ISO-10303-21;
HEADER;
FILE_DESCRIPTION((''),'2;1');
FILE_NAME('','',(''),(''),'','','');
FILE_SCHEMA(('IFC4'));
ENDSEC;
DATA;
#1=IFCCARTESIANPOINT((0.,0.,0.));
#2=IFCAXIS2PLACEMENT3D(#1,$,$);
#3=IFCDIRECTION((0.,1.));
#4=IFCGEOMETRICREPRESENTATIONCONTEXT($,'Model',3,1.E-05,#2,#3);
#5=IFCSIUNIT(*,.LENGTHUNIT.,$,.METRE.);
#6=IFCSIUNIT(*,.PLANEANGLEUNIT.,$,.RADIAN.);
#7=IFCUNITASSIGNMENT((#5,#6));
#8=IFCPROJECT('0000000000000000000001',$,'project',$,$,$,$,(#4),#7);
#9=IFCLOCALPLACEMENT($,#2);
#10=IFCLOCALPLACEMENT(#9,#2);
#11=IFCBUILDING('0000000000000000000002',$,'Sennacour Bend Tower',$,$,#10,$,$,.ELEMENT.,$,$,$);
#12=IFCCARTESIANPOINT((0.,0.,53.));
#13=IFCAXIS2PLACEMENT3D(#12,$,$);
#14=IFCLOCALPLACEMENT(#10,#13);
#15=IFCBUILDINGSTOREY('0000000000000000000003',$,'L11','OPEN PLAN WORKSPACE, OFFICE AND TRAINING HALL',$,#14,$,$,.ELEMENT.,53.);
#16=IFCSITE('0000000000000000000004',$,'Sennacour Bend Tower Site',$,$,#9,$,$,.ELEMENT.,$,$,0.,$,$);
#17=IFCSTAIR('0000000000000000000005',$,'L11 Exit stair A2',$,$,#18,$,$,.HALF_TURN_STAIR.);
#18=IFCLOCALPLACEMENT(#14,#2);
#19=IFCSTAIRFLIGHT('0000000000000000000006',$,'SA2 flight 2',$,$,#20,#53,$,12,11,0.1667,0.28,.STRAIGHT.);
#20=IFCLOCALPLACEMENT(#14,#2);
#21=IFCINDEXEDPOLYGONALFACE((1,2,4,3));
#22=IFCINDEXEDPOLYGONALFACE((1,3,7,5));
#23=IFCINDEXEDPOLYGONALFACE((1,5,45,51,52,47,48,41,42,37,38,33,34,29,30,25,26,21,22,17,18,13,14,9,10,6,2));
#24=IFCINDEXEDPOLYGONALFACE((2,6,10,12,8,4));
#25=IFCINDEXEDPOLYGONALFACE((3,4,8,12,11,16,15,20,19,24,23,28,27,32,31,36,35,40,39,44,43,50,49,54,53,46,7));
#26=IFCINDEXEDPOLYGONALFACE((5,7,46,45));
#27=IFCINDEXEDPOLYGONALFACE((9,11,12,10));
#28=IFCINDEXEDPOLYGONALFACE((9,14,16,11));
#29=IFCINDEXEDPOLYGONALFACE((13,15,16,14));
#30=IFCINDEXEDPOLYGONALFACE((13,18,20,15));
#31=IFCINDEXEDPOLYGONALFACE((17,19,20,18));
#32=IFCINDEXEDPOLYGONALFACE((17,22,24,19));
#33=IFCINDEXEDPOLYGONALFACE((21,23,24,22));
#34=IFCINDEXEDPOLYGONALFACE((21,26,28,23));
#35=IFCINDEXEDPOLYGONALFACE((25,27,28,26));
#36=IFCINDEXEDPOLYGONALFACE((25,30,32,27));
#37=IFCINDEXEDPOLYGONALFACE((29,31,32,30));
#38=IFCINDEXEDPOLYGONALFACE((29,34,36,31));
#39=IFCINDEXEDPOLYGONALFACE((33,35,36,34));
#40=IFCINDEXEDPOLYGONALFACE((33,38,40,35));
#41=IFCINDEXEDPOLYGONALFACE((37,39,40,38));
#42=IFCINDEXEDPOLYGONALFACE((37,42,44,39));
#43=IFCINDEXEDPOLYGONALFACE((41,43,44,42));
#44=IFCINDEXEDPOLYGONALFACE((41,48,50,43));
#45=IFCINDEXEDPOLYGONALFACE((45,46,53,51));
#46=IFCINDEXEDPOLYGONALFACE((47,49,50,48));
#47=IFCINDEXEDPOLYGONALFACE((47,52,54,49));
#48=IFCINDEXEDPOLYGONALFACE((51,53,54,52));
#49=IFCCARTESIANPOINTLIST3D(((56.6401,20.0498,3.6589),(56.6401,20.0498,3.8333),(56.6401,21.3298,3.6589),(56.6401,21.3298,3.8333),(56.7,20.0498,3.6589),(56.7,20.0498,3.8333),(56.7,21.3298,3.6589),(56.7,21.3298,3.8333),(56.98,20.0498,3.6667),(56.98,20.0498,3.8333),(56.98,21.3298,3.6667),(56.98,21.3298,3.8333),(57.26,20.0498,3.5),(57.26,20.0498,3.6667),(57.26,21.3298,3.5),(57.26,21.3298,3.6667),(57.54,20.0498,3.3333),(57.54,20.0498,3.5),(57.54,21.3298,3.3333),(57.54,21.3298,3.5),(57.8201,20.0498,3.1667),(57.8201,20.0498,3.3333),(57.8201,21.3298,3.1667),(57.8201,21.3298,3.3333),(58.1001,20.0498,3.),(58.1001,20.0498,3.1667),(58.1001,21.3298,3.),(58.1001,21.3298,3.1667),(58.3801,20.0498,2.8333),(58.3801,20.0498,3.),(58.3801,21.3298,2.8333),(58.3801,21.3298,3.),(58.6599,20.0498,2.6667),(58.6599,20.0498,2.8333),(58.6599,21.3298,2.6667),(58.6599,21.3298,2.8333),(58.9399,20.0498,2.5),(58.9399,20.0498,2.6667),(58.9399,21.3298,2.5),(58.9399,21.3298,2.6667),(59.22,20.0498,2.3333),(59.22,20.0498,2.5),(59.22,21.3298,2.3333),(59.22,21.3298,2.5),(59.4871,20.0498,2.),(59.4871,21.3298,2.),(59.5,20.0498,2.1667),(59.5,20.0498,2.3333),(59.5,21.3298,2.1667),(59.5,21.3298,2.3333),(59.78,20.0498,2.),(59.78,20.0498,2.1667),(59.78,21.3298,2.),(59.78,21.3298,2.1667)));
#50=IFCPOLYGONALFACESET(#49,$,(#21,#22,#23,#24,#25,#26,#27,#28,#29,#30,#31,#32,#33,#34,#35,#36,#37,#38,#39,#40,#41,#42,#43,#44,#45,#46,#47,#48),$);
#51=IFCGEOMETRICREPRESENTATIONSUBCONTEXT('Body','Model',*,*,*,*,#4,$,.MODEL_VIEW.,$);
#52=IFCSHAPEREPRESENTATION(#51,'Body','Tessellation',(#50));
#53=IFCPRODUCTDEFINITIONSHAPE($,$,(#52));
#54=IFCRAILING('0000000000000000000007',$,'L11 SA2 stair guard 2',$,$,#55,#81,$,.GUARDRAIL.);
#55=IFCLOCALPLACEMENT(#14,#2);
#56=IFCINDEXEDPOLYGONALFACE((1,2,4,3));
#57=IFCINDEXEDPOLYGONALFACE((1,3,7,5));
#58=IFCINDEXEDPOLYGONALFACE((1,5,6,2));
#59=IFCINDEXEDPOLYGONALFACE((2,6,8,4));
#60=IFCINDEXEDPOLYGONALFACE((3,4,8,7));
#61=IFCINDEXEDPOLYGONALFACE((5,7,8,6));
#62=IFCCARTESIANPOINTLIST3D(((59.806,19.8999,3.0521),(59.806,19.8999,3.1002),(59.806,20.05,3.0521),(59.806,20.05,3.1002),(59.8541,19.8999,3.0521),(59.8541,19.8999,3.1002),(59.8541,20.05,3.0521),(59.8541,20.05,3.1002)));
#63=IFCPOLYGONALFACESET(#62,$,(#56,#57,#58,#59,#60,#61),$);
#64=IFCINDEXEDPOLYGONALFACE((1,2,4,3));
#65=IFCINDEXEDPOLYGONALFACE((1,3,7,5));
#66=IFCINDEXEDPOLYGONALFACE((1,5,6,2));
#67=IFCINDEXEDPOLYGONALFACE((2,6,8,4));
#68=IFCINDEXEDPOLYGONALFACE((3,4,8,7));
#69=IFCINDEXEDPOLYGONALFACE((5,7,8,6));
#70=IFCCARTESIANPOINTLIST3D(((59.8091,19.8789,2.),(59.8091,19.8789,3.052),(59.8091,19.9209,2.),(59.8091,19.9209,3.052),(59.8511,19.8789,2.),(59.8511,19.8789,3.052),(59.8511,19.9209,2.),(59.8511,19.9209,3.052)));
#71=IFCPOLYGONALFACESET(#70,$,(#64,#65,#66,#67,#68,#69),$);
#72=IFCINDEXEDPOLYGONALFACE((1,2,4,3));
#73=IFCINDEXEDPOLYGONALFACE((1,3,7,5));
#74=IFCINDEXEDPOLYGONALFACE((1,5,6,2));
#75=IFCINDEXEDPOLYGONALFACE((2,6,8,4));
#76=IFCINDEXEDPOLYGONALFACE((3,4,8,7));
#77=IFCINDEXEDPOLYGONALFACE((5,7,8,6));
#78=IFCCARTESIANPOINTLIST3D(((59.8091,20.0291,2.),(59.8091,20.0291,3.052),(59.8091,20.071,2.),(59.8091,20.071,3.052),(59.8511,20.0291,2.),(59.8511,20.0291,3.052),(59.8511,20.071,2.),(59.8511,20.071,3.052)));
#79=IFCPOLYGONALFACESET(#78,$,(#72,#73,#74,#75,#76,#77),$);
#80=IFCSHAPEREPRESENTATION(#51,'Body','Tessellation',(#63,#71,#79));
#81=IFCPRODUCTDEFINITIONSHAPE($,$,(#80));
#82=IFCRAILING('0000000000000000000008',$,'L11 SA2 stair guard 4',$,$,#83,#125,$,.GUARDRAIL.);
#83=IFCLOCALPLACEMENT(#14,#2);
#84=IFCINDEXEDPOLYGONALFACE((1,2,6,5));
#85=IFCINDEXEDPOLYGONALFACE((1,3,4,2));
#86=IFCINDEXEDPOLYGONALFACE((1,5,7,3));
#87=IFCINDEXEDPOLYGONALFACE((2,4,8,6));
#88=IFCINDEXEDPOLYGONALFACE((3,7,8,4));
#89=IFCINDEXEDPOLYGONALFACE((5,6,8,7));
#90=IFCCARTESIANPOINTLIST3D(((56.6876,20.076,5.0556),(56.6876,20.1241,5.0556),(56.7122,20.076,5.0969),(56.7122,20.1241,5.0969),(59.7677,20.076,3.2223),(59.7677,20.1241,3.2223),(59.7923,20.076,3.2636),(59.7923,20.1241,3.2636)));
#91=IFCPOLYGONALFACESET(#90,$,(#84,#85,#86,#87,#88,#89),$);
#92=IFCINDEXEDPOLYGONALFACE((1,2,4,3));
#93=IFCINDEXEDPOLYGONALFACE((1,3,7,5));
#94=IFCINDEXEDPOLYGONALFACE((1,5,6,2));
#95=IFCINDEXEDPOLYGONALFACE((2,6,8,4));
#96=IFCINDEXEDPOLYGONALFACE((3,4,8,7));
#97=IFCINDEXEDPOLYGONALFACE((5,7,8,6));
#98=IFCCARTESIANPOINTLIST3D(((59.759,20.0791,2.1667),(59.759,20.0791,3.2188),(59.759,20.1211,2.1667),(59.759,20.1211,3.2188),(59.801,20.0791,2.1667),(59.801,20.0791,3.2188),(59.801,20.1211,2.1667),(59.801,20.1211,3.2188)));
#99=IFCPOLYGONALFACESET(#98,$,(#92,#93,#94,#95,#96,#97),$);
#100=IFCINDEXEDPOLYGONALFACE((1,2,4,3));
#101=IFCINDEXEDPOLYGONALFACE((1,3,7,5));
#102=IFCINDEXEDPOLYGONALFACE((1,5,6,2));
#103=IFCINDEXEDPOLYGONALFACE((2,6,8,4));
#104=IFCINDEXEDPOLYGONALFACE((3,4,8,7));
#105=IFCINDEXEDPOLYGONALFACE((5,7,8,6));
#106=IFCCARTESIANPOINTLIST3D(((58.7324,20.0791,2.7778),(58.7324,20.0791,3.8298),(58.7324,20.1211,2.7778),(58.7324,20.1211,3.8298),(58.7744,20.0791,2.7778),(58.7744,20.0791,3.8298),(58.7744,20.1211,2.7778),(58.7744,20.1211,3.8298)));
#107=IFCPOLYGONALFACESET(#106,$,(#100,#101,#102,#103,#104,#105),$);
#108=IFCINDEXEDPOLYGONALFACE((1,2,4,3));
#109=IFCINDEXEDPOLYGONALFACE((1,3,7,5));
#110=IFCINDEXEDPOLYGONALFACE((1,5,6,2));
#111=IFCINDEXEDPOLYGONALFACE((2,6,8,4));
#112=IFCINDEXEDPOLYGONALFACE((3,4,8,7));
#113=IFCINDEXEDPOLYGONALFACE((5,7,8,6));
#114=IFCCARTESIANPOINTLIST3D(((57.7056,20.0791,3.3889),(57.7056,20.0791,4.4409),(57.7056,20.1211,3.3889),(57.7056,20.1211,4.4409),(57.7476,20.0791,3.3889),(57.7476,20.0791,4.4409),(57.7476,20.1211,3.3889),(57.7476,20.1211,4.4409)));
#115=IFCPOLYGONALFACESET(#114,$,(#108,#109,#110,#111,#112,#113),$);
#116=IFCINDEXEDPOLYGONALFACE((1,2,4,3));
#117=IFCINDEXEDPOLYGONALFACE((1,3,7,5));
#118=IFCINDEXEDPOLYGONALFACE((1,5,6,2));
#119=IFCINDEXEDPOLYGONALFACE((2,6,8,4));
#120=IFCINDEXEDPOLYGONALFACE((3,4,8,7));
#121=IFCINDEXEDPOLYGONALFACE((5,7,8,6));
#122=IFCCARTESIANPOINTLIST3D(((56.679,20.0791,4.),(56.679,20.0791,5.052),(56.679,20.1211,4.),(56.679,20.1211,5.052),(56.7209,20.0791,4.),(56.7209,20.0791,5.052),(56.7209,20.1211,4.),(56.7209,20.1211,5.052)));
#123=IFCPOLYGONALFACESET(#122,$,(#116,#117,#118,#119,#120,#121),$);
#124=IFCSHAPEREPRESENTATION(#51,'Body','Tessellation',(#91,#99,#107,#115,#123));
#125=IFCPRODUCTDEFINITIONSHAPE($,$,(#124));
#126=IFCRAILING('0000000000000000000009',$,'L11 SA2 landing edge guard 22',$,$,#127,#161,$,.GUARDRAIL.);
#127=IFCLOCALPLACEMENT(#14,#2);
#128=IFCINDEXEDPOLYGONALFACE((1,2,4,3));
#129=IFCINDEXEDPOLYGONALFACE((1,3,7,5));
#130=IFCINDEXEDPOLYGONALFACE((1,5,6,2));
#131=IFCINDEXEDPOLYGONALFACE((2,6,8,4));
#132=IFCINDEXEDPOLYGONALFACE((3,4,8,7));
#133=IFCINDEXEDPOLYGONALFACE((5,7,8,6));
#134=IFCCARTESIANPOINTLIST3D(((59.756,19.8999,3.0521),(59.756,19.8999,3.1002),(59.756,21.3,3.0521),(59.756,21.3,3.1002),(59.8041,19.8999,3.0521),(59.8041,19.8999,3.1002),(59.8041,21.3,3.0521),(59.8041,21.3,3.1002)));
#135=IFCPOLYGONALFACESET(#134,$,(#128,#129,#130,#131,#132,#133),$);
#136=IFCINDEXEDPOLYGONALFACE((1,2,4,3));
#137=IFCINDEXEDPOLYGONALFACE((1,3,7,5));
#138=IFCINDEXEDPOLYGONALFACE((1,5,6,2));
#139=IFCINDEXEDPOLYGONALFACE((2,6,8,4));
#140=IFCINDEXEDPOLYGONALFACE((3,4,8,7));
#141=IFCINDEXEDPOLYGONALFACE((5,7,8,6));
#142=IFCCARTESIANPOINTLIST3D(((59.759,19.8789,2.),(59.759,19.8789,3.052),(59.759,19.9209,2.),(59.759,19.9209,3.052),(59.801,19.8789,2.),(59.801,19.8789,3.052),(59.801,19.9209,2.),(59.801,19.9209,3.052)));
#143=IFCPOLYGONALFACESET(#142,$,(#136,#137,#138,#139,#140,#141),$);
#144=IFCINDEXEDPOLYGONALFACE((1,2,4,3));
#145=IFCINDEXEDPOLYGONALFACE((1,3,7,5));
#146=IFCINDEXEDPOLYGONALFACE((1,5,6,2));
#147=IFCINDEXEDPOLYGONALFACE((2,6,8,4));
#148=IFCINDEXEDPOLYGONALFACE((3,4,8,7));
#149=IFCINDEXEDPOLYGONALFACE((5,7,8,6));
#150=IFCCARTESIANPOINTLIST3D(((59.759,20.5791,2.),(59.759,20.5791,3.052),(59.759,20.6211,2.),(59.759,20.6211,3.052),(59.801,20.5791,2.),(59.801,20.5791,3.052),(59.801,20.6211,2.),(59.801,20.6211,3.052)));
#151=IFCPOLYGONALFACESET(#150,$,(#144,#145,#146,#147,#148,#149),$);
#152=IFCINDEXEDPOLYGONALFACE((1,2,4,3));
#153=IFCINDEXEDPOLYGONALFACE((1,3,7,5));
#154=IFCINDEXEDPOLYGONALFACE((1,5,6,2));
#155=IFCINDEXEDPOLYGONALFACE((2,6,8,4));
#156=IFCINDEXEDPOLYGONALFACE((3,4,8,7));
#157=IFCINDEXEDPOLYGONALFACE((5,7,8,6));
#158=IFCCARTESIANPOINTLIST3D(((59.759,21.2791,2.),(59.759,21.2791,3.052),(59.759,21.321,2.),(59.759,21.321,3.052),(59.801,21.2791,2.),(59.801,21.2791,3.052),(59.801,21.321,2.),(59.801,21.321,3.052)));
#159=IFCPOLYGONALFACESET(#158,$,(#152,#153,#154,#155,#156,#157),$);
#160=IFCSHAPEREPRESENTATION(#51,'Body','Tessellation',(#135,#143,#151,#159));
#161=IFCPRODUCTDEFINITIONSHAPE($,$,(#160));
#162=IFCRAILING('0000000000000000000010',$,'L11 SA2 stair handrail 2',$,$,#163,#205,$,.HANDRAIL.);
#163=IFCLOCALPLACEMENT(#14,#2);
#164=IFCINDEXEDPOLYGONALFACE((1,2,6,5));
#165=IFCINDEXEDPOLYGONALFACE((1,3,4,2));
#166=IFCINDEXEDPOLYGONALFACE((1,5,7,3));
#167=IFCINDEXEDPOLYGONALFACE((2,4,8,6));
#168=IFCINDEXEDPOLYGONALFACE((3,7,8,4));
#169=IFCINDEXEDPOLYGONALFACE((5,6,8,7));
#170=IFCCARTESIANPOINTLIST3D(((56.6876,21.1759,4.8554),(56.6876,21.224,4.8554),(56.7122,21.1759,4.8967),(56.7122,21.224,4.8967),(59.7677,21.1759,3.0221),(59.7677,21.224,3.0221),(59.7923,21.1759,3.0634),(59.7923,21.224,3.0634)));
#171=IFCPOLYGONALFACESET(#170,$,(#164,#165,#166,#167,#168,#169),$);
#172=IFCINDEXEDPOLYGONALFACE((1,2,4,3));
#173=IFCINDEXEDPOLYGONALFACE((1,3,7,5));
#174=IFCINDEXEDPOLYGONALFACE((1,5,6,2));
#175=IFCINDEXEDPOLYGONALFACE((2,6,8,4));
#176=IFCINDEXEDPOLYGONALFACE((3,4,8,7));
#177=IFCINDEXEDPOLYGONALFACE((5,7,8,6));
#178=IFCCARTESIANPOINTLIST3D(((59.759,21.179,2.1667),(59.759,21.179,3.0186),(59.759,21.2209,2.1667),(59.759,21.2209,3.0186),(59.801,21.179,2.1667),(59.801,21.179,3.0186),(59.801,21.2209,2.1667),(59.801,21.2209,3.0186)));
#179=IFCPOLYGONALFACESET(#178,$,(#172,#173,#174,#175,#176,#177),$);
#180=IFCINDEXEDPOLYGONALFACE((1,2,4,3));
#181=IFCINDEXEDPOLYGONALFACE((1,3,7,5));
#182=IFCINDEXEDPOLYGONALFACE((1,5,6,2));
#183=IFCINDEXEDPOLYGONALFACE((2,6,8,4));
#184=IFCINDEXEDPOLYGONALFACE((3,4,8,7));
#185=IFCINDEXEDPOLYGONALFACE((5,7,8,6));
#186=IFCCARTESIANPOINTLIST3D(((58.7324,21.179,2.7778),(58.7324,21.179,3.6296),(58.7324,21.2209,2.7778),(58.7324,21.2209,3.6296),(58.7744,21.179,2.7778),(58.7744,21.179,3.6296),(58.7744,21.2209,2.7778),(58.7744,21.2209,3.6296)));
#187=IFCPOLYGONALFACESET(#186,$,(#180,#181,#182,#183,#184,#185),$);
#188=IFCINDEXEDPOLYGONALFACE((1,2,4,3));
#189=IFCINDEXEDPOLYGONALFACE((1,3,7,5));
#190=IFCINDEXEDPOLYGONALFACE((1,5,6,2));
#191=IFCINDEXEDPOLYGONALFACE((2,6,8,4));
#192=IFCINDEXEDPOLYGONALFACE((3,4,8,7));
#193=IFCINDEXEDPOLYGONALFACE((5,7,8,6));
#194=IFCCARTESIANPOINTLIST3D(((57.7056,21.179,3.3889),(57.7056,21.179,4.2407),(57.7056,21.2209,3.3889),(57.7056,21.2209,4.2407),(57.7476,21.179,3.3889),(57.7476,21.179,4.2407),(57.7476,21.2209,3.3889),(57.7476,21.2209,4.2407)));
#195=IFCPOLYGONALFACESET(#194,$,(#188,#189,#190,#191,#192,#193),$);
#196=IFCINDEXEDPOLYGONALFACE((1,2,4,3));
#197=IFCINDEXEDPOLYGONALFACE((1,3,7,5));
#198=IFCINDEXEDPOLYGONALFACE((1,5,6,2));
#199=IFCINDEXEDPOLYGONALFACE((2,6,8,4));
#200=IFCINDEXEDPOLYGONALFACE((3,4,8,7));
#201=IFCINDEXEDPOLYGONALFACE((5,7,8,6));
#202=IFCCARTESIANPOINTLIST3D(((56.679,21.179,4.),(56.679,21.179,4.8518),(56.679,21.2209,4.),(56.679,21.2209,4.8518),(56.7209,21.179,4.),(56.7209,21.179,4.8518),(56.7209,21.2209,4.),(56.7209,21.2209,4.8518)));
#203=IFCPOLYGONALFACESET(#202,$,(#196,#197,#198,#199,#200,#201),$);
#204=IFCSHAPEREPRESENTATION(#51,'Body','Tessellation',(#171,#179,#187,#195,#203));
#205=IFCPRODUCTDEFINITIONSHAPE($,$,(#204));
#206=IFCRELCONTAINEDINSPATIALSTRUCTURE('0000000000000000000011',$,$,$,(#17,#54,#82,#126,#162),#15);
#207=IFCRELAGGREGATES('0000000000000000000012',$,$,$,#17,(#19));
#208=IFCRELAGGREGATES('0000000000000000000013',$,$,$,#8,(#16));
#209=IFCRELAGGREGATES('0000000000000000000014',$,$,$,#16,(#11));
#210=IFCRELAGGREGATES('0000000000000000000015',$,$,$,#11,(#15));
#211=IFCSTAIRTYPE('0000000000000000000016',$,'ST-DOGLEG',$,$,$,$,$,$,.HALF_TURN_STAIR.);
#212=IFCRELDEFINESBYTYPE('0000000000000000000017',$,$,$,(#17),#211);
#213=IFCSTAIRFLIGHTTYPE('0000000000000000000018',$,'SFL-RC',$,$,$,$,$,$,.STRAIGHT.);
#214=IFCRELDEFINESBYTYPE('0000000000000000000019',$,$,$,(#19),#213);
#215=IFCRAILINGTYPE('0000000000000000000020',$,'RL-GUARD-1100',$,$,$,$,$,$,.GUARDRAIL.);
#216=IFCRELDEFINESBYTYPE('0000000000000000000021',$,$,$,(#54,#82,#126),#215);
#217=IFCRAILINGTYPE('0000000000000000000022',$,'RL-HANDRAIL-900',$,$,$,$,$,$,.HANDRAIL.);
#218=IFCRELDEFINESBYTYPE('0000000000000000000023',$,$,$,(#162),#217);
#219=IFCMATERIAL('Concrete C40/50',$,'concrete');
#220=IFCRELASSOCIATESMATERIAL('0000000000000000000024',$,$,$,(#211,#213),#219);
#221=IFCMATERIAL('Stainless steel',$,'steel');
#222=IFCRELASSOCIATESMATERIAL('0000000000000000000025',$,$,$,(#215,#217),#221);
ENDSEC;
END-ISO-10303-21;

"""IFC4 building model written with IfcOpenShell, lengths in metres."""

from ifc_helpers import new_model, si_unit, direction, frame, origin, origin_2d, place, context, subcontext, project, spatial, polyline, rectangle, outline, extrude, material, type_object, element, aggregate, save


model = new_model("IFC4")

# Units and contexts
model_context = context("Model", 3, precision=1e-05, world=origin(), true_north=direction((0.0, 1.0)))
body_context = subcontext(model_context, "Body", "Model", "MODEL_VIEW")
ifc_project = project(units=[si_unit("LENGTHUNIT", "METRE"), si_unit("PLANEANGLEUNIT", "RADIAN")], contexts=[model_context])

# Site, building, storey
site_placement = place(None, origin())
site = spatial("IfcSite", under=ifc_project, at=site_placement, Name="Sennacour Bend Tower Site", CompositionType="ELEMENT", RefElevation=0.0)
building_placement = place(site_placement, origin())
building = spatial("IfcBuilding", under=site, at=building_placement, Name="Sennacour Bend Tower", CompositionType="ELEMENT")
storey_placement = place(building_placement, frame((0.0, 0.0, 53.0)))
storey = spatial("IfcBuildingStorey", under=building, at=storey_placement, Name="L11", Description="OPEN PLAN WORKSPACE, OFFICE AND TRAINING HALL", CompositionType="ELEMENT", Elevation=53.0)

# Shared definitions
ifc_material_1 = material(Name="Stainless steel", Category="steel")

# Stair, stair flight
ifc_material_2 = material(Name="Concrete C40/50", Category="concrete")
stair_type = type_object("IfcStairType", Name="ST-DOGLEG", PredefinedType="HALF_TURN_STAIR", material=ifc_material_2)
stair_placement = place(storey_placement, origin())
stair = element("IfcStair", 1, at=stair_placement, inside=storey, type_object=stair_type, Name="L11 Exit stair A2", PredefinedType="HALF_TURN_STAIR")
stair_flight_type = type_object("IfcStairFlightType", Name="SFL-RC", PredefinedType="STRAIGHT", material=ifc_material_2)
stair_flight_placement = place(storey_placement, frame((59.78, 20.6899, 2.0), z_axis=(0.0, 0.0, 1.0), x_axis=(-1.0, 0.0, 0.0)))
stair_flight = element("IfcStairFlight", 2, at=stair_flight_placement, type_object=stair_flight_type, Name="SA2 flight 2", NumberOfRisers=12, NumberOfTreads=11, PredefinedType="STRAIGHT", RiserHeight=0.1667, TreadLength=0.28, context=body_context, shape_type="SweptSolid", body=[
    extrude(outline(polyline([(0.0, 0.0), (0.0, 0.1667), (0.28, 0.1667), (0.28, 0.3333), (0.5601, 0.3333), (0.5601, 0.5), (0.8401, 0.5), (0.8401, 0.6667), (1.1201, 0.6667), (1.1201, 0.8333), (1.3999, 0.8333), (1.3999, 1.0), (1.6799, 1.0), (1.6799, 1.1667), (1.96, 1.1667), (1.96, 1.3333), (2.24, 1.3333), (2.24, 1.5), (2.52, 1.5), (2.52, 1.6667), (2.8, 1.6667), (2.8, 1.8333), (3.0801, 1.8333), (3.1399, 1.8333), (3.1399, 1.6589), (3.0801, 1.6589), (0.293, 0.0), (0.0, 0.0)])), frame((0.0, 0.6401, 0.0), z_axis=(0.0, -1.0, 0.0), x_axis=(1.0, 0.0, 0.0)), (0.0, 0.0, 1.0), 1.28),
])
aggregate(stair, [stair_flight])

# Railings
railing_type_1 = type_object("IfcRailingType", Name="RL-GUARD-1100", PredefinedType="GUARDRAIL", material=ifc_material_1)
railing_1_placement = place(storey_placement, frame((59.8301, 19.8999, 2.0)))
element("IfcRailing", 3, at=railing_1_placement, inside=storey, type_object=railing_type_1, Name="L11 SA2 stair guard 2", PredefinedType="GUARDRAIL", context=body_context, shape_type="SweptSolid", body=[
    extrude(rectangle(XDim=0.0481, YDim=0.0481, at=origin_2d()), frame((0.0, 0.0, 1.0762), z_axis=(0.0, 1.0, 0.0), x_axis=(-1.0, 0.0, 0.0)), (0.0, 0.0, 1.0), 0.1501),
    extrude(rectangle(XDim=0.042, YDim=0.042, at=origin_2d()), origin(), (0.0, 0.0, 1.0), 1.052),
    extrude(rectangle(XDim=0.042, YDim=0.042, at=origin_2d()), frame((0.0, 0.1501, 0.0)), (0.0, 0.0, 1.0), 1.052),
])
railing_2_placement = place(storey_placement, frame((59.78, 20.1001, 2.1667)))
element("IfcRailing", 4, at=railing_2_placement, inside=storey, type_object=railing_type_1, Name="L11 SA2 stair guard 4", PredefinedType="GUARDRAIL", context=body_context, shape_type="SweptSolid", body=[
    extrude(rectangle(XDim=0.0481, YDim=0.0481, at=origin_2d()), frame((0.0, 0.0, 1.0762), z_axis=(-0.859309, 0.0, 0.511458), x_axis=(0.0, -1.0, 0.0)), (0.0, 0.0, 1.0), 3.5845),
    extrude(rectangle(XDim=0.042, YDim=0.042, at=origin_2d()), origin(), (0.0, 0.0, 1.0), 1.052),
    extrude(rectangle(XDim=0.042, YDim=0.042, at=origin_2d()), frame((-1.0266, 0.0, 0.6111)), (0.0, 0.0, 1.0), 1.052),
    extrude(rectangle(XDim=0.042, YDim=0.042, at=origin_2d()), frame((-2.0535, 0.0, 1.2222)), (0.0, 0.0, 1.0), 1.052),
    extrude(rectangle(XDim=0.042, YDim=0.042, at=origin_2d()), frame((-3.0801, 0.0, 1.8333)), (0.0, 0.0, 1.0), 1.052),
])
railing_3_placement = place(storey_placement, frame((59.78, 19.8999, 2.0)))
element("IfcRailing", 5, at=railing_3_placement, inside=storey, type_object=railing_type_1, Name="L11 SA2 landing edge guard 22", PredefinedType="GUARDRAIL", context=body_context, shape_type="SweptSolid", body=[
    extrude(rectangle(XDim=0.0481, YDim=0.0481, at=origin_2d()), frame((0.0, 0.0, 1.0762), z_axis=(0.0, 1.0, 0.0), x_axis=(-1.0, 0.0, 0.0)), (0.0, 0.0, 1.0), 1.4001),
    extrude(rectangle(XDim=0.042, YDim=0.042, at=origin_2d()), origin(), (0.0, 0.0, 1.0), 1.052),
    extrude(rectangle(XDim=0.042, YDim=0.042, at=origin_2d()), frame((0.0, 0.7002, 0.0)), (0.0, 0.0, 1.0), 1.052),
    extrude(rectangle(XDim=0.042, YDim=0.042, at=origin_2d()), frame((0.0, 1.4001, 0.0)), (0.0, 0.0, 1.0), 1.052),
])
railing_type_2 = type_object("IfcRailingType", Name="RL-HANDRAIL-900", PredefinedType="HANDRAIL", material=ifc_material_1)
railing_4_placement = place(storey_placement, frame((59.78, 21.2, 2.1667)))
element("IfcRailing", 6, at=railing_4_placement, inside=storey, type_object=railing_type_2, Name="L11 SA2 stair handrail 2", PredefinedType="HANDRAIL", context=body_context, shape_type="SweptSolid", body=[
    extrude(rectangle(XDim=0.0481, YDim=0.0481, at=origin_2d()), frame((0.0, 0.0, 0.876), z_axis=(-0.859309, 0.0, 0.511458), x_axis=(0.0, -1.0, 0.0)), (0.0, 0.0, 1.0), 3.5845),
    extrude(rectangle(XDim=0.042, YDim=0.042, at=origin_2d()), origin(), (0.0, 0.0, 1.0), 0.8518),
    extrude(rectangle(XDim=0.042, YDim=0.042, at=origin_2d()), frame((-1.0266, 0.0, 0.6111)), (0.0, 0.0, 1.0), 0.8518),
    extrude(rectangle(XDim=0.042, YDim=0.042, at=origin_2d()), frame((-2.0535, 0.0, 1.2222)), (0.0, 0.0, 1.0), 0.8518),
    extrude(rectangle(XDim=0.042, YDim=0.042, at=origin_2d()), frame((-3.0801, 0.0, 1.8333)), (0.0, 0.0, 1.0), 0.8518),
])

save(model, "model.ifc")
